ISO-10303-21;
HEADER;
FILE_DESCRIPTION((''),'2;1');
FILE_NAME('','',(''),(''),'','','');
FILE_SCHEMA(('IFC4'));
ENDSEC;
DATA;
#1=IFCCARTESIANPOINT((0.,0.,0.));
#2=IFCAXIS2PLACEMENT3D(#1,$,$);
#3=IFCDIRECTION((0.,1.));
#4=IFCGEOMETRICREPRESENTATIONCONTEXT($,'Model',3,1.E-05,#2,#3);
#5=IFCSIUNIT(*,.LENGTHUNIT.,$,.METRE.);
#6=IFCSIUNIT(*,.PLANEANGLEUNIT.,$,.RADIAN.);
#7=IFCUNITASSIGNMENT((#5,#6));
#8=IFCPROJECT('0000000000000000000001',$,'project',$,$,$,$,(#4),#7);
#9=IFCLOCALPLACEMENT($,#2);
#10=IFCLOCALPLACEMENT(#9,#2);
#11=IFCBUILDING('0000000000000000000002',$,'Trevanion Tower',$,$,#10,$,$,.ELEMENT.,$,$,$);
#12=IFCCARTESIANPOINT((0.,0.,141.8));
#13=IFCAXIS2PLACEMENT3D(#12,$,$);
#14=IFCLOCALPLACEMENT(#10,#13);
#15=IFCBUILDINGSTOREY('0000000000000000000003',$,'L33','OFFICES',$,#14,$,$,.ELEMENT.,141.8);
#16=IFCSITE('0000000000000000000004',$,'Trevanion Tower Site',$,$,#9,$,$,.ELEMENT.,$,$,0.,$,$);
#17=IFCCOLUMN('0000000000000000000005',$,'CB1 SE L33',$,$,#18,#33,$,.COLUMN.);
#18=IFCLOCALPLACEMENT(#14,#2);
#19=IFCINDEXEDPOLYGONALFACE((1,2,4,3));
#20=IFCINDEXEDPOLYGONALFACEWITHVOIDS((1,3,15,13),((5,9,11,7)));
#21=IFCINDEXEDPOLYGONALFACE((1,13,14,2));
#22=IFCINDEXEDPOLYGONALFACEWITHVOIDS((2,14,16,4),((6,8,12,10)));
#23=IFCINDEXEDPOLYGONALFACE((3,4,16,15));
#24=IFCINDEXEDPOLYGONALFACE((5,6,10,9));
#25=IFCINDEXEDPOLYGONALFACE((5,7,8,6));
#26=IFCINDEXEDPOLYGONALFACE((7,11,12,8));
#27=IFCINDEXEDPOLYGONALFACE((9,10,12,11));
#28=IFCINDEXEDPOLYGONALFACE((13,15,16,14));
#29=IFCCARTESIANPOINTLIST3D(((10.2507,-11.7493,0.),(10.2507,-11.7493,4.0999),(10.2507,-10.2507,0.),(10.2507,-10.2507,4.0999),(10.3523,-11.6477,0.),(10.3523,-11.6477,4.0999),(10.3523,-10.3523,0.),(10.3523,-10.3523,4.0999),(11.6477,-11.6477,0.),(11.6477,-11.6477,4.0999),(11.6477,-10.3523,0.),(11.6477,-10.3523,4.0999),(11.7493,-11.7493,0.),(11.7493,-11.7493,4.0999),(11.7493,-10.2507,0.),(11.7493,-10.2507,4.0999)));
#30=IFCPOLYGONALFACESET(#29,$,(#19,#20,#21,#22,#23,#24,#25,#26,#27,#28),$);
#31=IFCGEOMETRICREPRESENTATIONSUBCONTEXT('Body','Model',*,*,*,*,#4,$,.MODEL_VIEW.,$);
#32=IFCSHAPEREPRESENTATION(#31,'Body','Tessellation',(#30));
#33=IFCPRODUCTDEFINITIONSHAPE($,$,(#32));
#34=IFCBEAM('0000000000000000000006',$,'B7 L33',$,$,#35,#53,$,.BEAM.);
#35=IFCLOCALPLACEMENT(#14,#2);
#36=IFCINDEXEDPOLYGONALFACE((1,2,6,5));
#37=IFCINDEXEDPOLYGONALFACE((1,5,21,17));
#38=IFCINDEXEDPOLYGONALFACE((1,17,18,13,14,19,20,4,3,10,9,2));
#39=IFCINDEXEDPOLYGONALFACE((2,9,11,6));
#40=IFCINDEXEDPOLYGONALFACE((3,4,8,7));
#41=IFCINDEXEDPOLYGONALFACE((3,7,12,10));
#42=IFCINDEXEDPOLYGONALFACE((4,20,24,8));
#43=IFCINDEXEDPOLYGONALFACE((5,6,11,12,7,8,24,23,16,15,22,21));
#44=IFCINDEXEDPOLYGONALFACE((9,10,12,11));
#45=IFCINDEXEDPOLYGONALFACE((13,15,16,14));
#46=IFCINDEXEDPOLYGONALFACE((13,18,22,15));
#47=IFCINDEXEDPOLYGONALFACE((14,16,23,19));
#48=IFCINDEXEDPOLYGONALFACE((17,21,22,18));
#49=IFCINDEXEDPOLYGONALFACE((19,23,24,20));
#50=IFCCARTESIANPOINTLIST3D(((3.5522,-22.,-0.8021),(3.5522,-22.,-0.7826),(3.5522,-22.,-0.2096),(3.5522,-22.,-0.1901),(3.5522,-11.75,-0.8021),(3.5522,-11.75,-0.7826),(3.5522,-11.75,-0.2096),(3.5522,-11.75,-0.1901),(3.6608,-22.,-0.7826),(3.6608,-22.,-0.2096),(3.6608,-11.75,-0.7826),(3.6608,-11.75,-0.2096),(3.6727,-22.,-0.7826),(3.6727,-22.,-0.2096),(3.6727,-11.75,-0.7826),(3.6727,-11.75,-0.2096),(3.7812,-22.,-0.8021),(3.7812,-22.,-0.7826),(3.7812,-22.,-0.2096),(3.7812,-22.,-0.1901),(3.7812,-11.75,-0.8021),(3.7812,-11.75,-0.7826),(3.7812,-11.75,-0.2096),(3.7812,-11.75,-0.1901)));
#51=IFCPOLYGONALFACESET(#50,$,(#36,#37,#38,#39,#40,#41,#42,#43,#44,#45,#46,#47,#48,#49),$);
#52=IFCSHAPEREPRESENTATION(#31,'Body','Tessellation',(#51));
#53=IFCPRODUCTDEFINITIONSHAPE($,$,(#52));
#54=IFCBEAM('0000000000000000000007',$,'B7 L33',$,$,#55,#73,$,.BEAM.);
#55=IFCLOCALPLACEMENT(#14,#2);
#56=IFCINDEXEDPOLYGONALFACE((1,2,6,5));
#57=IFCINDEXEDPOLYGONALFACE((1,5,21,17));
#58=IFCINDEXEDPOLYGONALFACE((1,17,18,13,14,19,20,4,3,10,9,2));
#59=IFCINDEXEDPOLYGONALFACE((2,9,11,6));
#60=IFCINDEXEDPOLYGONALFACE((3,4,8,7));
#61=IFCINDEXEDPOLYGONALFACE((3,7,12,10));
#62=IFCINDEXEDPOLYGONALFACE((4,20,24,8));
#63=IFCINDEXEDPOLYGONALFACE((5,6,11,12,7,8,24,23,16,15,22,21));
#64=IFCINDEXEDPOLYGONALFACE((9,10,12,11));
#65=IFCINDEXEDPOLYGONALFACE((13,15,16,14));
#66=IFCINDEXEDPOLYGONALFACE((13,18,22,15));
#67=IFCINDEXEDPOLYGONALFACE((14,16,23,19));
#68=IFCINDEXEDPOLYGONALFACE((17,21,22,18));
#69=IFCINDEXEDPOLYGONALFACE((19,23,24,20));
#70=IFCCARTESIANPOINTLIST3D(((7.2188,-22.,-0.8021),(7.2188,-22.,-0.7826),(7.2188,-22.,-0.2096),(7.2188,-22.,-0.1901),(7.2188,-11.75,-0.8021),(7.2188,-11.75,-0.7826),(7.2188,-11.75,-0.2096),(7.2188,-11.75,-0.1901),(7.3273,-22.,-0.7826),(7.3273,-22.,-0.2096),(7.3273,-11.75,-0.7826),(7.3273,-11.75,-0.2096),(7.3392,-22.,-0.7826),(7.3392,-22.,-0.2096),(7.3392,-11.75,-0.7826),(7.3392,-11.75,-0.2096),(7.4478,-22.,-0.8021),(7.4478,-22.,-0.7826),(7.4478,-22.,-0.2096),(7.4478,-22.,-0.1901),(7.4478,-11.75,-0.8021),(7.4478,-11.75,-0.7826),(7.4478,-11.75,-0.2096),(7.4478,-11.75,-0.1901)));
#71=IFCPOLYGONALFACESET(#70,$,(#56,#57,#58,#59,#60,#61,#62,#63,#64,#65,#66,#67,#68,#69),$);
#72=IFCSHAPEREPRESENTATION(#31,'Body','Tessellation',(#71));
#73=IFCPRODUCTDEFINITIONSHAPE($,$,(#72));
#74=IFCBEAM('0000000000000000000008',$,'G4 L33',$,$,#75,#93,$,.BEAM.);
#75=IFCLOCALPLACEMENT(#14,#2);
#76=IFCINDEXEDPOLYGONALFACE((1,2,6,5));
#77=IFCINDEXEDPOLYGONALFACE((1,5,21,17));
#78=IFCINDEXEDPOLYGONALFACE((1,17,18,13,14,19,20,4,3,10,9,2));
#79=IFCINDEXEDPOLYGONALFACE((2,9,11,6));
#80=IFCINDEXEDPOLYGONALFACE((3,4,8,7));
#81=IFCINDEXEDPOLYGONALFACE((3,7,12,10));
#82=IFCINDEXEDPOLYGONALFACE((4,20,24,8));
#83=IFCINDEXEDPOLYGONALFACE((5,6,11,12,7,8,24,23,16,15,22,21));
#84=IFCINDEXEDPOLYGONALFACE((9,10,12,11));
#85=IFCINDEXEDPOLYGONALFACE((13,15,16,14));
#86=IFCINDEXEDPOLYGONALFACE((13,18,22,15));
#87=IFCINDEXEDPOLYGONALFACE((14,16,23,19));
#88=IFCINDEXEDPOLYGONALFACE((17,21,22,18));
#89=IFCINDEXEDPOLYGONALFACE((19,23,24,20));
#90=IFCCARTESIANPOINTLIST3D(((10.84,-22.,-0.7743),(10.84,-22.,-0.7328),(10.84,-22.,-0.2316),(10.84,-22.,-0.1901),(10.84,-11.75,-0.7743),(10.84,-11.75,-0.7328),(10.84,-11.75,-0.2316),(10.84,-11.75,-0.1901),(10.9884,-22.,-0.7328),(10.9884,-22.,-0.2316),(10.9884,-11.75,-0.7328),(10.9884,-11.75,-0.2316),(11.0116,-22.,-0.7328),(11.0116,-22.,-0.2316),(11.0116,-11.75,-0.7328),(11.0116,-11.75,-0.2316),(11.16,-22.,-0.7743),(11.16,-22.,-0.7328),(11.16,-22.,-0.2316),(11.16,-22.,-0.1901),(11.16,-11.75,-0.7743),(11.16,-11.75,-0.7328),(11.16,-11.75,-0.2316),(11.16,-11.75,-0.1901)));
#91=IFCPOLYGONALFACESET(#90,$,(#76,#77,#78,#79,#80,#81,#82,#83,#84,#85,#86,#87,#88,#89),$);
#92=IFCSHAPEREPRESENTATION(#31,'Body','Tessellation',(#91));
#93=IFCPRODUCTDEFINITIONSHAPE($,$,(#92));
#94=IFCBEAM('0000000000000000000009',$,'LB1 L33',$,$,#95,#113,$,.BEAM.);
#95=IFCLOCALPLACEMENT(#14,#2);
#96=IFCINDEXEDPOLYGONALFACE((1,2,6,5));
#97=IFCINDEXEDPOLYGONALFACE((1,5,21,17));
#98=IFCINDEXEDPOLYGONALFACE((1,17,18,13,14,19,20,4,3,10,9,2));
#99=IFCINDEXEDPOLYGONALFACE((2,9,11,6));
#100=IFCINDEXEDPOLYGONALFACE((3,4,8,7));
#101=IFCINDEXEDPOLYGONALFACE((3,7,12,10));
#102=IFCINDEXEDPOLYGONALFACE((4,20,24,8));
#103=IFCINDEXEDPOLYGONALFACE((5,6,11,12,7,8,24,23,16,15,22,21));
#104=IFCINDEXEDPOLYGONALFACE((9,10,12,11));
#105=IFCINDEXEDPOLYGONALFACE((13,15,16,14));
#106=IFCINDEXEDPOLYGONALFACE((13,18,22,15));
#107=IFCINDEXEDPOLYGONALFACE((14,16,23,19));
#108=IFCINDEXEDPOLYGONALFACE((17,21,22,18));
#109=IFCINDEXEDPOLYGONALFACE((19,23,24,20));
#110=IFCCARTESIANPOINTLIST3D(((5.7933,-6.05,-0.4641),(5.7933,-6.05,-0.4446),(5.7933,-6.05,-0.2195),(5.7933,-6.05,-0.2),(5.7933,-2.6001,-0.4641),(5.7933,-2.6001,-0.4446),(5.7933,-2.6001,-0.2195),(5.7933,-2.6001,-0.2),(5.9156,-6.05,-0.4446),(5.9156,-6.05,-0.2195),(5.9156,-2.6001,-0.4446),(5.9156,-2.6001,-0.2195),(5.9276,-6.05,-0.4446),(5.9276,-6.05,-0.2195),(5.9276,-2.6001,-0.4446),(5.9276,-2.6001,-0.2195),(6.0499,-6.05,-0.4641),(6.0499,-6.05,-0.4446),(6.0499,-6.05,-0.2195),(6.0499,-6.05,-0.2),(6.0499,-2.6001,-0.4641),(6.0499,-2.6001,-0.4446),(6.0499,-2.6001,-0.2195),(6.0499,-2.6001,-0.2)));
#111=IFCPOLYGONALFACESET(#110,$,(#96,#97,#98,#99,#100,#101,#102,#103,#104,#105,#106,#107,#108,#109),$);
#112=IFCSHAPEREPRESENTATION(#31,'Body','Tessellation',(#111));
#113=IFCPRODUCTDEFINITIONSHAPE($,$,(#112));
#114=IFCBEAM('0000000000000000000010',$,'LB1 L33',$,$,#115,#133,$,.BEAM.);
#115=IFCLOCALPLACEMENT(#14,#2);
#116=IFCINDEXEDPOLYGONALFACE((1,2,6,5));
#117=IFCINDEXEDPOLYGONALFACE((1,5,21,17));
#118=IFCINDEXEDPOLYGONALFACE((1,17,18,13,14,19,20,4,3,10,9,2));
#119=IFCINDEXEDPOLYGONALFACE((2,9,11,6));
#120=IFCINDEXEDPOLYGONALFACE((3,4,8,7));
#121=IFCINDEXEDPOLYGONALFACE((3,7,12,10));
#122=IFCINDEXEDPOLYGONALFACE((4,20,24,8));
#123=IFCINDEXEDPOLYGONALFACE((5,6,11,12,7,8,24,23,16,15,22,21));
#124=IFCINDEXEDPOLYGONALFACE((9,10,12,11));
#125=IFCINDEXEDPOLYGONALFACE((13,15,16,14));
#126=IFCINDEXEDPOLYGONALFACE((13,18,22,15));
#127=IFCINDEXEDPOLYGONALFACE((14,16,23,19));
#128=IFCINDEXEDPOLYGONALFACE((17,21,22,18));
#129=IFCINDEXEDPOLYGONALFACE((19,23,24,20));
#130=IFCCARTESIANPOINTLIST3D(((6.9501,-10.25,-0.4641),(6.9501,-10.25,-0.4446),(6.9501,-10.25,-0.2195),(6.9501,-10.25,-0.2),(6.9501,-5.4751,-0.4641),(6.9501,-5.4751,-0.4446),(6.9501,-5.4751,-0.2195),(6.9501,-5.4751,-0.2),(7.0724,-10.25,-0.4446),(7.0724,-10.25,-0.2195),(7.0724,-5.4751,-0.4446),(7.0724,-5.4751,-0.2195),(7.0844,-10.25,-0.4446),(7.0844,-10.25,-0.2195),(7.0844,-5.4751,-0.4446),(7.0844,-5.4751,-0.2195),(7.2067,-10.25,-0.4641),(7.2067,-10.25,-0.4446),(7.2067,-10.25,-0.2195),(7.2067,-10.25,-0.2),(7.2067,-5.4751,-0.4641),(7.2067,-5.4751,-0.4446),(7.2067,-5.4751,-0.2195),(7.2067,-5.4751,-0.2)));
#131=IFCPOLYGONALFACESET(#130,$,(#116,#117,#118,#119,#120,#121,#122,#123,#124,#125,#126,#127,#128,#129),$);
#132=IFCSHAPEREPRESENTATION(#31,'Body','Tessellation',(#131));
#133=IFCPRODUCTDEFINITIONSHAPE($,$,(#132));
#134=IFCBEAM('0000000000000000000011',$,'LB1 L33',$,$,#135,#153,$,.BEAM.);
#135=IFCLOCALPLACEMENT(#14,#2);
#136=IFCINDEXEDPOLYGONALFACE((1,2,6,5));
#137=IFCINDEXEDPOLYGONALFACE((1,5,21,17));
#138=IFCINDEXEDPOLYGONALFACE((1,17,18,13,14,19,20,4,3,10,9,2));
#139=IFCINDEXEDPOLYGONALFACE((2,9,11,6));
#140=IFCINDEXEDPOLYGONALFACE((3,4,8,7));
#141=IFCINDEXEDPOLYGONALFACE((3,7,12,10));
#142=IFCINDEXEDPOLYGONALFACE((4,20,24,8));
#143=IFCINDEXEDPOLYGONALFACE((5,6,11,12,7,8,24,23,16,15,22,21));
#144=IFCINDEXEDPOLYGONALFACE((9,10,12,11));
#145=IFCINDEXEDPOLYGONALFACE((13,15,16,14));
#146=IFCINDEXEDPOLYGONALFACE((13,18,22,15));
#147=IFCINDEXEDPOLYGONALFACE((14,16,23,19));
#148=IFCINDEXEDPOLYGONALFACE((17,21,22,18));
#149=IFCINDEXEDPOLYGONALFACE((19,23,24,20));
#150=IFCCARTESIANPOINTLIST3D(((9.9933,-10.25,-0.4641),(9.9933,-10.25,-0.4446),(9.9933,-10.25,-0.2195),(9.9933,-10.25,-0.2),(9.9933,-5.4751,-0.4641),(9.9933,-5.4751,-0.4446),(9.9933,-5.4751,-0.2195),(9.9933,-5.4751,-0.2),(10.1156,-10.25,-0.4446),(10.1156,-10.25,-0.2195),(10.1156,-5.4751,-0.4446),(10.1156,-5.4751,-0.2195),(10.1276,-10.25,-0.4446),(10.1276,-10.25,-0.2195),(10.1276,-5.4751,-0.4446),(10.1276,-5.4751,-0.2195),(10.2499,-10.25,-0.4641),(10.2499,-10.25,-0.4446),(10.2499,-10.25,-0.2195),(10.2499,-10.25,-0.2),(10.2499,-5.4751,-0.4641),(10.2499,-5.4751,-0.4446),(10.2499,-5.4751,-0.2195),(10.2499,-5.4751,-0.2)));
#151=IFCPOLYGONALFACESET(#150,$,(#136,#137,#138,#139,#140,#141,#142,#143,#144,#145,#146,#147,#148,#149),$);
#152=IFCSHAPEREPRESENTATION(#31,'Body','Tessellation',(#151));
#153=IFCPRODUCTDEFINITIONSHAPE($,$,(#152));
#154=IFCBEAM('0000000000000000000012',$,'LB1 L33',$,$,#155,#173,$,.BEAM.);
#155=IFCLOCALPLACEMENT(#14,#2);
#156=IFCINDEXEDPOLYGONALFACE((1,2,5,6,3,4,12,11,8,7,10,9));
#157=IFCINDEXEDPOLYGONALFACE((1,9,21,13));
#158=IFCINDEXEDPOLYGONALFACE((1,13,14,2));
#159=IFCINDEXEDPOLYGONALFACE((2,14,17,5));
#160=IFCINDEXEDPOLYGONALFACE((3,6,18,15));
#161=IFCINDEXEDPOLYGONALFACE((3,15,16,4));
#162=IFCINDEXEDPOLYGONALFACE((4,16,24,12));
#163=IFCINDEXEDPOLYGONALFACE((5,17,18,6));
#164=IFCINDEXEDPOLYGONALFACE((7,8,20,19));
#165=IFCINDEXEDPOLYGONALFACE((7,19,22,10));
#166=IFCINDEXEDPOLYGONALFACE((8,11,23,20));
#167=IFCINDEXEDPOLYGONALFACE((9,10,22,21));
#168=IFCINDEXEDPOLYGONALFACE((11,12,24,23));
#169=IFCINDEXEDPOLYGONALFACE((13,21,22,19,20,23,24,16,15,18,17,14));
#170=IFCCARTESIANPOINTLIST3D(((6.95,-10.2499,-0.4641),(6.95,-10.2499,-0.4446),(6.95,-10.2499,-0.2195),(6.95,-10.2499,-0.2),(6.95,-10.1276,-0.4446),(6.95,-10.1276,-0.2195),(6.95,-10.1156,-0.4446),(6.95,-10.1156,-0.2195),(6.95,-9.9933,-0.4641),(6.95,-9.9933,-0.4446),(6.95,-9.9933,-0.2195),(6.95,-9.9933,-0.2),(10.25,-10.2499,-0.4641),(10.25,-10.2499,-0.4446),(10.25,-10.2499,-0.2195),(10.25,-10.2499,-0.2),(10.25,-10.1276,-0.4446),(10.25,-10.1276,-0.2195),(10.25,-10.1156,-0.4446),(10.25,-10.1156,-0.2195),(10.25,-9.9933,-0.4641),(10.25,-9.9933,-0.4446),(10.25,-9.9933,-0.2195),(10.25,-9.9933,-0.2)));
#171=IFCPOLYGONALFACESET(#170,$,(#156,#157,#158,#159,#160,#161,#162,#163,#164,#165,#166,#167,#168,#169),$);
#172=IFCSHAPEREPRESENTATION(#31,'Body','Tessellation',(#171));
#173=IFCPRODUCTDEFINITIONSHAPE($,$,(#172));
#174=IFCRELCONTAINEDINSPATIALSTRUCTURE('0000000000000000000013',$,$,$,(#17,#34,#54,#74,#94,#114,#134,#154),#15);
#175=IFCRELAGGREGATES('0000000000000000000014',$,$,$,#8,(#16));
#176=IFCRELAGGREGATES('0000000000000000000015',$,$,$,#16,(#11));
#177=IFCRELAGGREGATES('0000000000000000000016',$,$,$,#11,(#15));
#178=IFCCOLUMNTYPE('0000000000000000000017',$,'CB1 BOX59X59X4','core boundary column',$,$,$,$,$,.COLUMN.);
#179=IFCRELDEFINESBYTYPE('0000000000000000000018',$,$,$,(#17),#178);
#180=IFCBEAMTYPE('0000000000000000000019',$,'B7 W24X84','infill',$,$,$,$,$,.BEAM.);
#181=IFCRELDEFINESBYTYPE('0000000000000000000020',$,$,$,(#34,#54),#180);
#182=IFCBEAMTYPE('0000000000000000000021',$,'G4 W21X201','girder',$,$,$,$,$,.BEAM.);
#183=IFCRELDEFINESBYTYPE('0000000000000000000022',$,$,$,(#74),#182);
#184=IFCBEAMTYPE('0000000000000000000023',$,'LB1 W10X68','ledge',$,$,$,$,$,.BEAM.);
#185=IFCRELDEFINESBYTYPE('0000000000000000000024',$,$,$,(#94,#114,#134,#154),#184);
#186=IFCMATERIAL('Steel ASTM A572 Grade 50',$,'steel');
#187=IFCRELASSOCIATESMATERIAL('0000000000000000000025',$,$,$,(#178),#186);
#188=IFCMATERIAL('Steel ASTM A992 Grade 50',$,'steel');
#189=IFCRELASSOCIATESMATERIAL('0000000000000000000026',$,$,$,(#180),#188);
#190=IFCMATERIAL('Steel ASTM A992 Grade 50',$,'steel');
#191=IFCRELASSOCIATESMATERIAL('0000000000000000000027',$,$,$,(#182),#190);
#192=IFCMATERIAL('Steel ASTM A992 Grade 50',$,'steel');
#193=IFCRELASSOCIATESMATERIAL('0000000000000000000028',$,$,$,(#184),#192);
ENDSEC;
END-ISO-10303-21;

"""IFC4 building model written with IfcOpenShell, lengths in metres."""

from ifc_helpers import new_model, si_unit, direction, frame, origin, origin_2d, place, context, subcontext, project, spatial, hollow_rectangle, i_section, extrude, material, material_profile, profile_set, type_object, element, save


model = new_model("IFC4")

# Units and contexts
model_context = context("Model", 3, precision=1e-05, world=origin(), true_north=direction((0.0, 1.0)))
body_context = subcontext(model_context, "Body", "Model", "MODEL_VIEW")
ifc_project = project(units=[si_unit("LENGTHUNIT", "METRE"), si_unit("PLANEANGLEUNIT", "RADIAN")], contexts=[model_context])

# Site, building, storey
site_placement = place(None, origin())
site = spatial("IfcSite", under=ifc_project, at=site_placement, Name="Trevanion Tower Site", CompositionType="ELEMENT", RefElevation=0.0)
building_placement = place(site_placement, origin())
building = spatial("IfcBuilding", under=site, at=building_placement, Name="Trevanion Tower", CompositionType="ELEMENT")
storey_placement = place(building_placement, frame((0.0, 0.0, 141.8)))
storey = spatial("IfcBuildingStorey", under=building, at=storey_placement, Name="L33", Description="OFFICES", CompositionType="ELEMENT", Elevation=141.8)

# Column
ifc_material_1 = material(Name="Steel ASTM A572 Grade 50", Category="steel")
ifc_material_profile_1 = material_profile(ifc_material_1, hollow_rectangle(XDim=1.4985, YDim=1.4985, WallThickness=0.1016, at=origin_2d()), Name="BOX59X59X4")
ifc_profile_set_1 = profile_set([ifc_material_profile_1], Name="Steel ASTM A572 Grade 50")
column_type = type_object("IfcColumnType", Name="CB1 BOX59X59X4", Description="core boundary column", PredefinedType="COLUMN", material=ifc_profile_set_1)
column_placement = place(storey_placement, frame((11.0, -11.0, 0.0), z_axis=(0.0, 0.0, 1.0), x_axis=(1.0, 0.0, 0.0)))
element("IfcColumn", 1, at=column_placement, inside=storey, type_object=column_type, Name="CB1 SE L33", PredefinedType="COLUMN", context=body_context, shape_type="SweptSolid", body=[
    extrude(hollow_rectangle(XDim=1.4985, YDim=1.4985, WallThickness=0.1016, at=origin_2d()), origin(), (0.0, 0.0, 1.0), 4.0999),
])

# Beams
ifc_material_2 = material(Name="Steel ASTM A992 Grade 50", Category="steel")
ifc_material_profile_2 = material_profile(ifc_material_2, i_section(OverallWidth=0.229, OverallDepth=0.6121, WebThickness=0.012, FlangeThickness=0.0195, at=origin_2d()), Name="W24X84")
ifc_profile_set_2 = profile_set([ifc_material_profile_2], Name="Steel ASTM A992 Grade 50")
beam_type_1 = type_object("IfcBeamType", Name="B7 W24X84", Description="infill", PredefinedType="BEAM", material=ifc_profile_set_2)
for number, where, z_axis, x_axis, name in (
    (2, (3.6667, -11.75, -0.4961), (0.0, -1.0, 0.0), (1.0, 0.0, 0.0), "B7 L33"),
    (3, (7.3333, -11.75, -0.4961), (0.0, -1.0, 0.0), (1.0, 0.0, 0.0), "B7 L33"),
):
    element("IfcBeam", number, at=place(storey_placement, frame(where, z_axis=z_axis, x_axis=x_axis)), inside=storey, type_object=beam_type_1, Name=name, PredefinedType="BEAM", context=body_context, shape_type="SweptSolid", body=[
        extrude(i_section(OverallWidth=0.229, OverallDepth=0.6121, WebThickness=0.012, FlangeThickness=0.0195, at=origin_2d()), origin(), (0.0, 0.0, 1.0), 10.25),
    ])
ifc_material_3 = material(Name="Steel ASTM A992 Grade 50", Category="steel")
ifc_material_profile_3 = material_profile(ifc_material_3, i_section(OverallWidth=0.3201, OverallDepth=0.5842, WebThickness=0.0232, FlangeThickness=0.0415, at=origin_2d()), Name="W21X201")
ifc_profile_set_3 = profile_set([ifc_material_profile_3], Name="Steel ASTM A992 Grade 50")
beam_type_2 = type_object("IfcBeamType", Name="G4 W21X201", Description="girder", PredefinedType="BEAM", material=ifc_profile_set_3)
beam_1_placement = place(storey_placement, frame((11.0, -11.75, -0.4822), z_axis=(0.0, -1.0, 0.0), x_axis=(1.0, 0.0, 0.0)))
element("IfcBeam", 4, at=beam_1_placement, inside=storey, type_object=beam_type_2, Name="G4 L33", PredefinedType="BEAM", context=body_context, shape_type="SweptSolid", body=[
    extrude(i_section(OverallWidth=0.3201, OverallDepth=0.5842, WebThickness=0.0232, FlangeThickness=0.0415, at=origin_2d()), origin(), (0.0, 0.0, 1.0), 10.25),
])
ifc_material_4 = material(Name="Steel ASTM A992 Grade 50", Category="steel")
ifc_material_profile_4 = material_profile(ifc_material_4, i_section(OverallWidth=0.2566, OverallDepth=0.2642, WebThickness=0.012, FlangeThickness=0.0195, at=origin_2d()), Name="W10X68")
ifc_profile_set_4 = profile_set([ifc_material_profile_4], Name="Steel ASTM A992 Grade 50")
beam_type_3 = type_object("IfcBeamType", Name="LB1 W10X68", Description="ledge", PredefinedType="BEAM", material=ifc_profile_set_4)
beam_2_placement = place(storey_placement, frame((5.9216, -6.05, -0.332), z_axis=(0.0, 1.0, 0.0), x_axis=(-1.0, 0.0, 0.0)))
element("IfcBeam", 5, at=beam_2_placement, inside=storey, type_object=beam_type_3, Name="LB1 L33", PredefinedType="BEAM", context=body_context, shape_type="SweptSolid", body=[
    extrude(i_section(OverallWidth=0.2566, OverallDepth=0.2642, WebThickness=0.012, FlangeThickness=0.0195, at=origin_2d()), origin(), (0.0, 0.0, 1.0), 3.45),
])
for number, where, z_axis, x_axis, name in (
    (6, (7.0784, -10.25, -0.332), (0.0, 1.0, 0.0), (-1.0, 0.0, 0.0), "LB1 L33"),
    (7, (10.1216, -10.25, -0.332), (0.0, 1.0, 0.0), (-1.0, 0.0, 0.0), "LB1 L33"),
):
    element("IfcBeam", number, at=place(storey_placement, frame(where, z_axis=z_axis, x_axis=x_axis)), inside=storey, type_object=beam_type_3, Name=name, PredefinedType="BEAM", context=body_context, shape_type="SweptSolid", body=[
        extrude(i_section(OverallWidth=0.2566, OverallDepth=0.2642, WebThickness=0.012, FlangeThickness=0.0195, at=origin_2d()), origin(), (0.0, 0.0, 1.0), 4.7749),
    ])
beam_3_placement = place(storey_placement, frame((6.95, -10.1216, -0.332), z_axis=(1.0, 0.0, 0.0), x_axis=(0.0, 1.0, 0.0)))
element("IfcBeam", 8, at=beam_3_placement, inside=storey, type_object=beam_type_3, Name="LB1 L33", PredefinedType="BEAM", context=body_context, shape_type="SweptSolid", body=[
    extrude(i_section(OverallWidth=0.2566, OverallDepth=0.2642, WebThickness=0.012, FlangeThickness=0.0195, at=origin_2d()), origin(), (0.0, 0.0, 1.0), 3.3),
])

save(model, "model.ifc")
